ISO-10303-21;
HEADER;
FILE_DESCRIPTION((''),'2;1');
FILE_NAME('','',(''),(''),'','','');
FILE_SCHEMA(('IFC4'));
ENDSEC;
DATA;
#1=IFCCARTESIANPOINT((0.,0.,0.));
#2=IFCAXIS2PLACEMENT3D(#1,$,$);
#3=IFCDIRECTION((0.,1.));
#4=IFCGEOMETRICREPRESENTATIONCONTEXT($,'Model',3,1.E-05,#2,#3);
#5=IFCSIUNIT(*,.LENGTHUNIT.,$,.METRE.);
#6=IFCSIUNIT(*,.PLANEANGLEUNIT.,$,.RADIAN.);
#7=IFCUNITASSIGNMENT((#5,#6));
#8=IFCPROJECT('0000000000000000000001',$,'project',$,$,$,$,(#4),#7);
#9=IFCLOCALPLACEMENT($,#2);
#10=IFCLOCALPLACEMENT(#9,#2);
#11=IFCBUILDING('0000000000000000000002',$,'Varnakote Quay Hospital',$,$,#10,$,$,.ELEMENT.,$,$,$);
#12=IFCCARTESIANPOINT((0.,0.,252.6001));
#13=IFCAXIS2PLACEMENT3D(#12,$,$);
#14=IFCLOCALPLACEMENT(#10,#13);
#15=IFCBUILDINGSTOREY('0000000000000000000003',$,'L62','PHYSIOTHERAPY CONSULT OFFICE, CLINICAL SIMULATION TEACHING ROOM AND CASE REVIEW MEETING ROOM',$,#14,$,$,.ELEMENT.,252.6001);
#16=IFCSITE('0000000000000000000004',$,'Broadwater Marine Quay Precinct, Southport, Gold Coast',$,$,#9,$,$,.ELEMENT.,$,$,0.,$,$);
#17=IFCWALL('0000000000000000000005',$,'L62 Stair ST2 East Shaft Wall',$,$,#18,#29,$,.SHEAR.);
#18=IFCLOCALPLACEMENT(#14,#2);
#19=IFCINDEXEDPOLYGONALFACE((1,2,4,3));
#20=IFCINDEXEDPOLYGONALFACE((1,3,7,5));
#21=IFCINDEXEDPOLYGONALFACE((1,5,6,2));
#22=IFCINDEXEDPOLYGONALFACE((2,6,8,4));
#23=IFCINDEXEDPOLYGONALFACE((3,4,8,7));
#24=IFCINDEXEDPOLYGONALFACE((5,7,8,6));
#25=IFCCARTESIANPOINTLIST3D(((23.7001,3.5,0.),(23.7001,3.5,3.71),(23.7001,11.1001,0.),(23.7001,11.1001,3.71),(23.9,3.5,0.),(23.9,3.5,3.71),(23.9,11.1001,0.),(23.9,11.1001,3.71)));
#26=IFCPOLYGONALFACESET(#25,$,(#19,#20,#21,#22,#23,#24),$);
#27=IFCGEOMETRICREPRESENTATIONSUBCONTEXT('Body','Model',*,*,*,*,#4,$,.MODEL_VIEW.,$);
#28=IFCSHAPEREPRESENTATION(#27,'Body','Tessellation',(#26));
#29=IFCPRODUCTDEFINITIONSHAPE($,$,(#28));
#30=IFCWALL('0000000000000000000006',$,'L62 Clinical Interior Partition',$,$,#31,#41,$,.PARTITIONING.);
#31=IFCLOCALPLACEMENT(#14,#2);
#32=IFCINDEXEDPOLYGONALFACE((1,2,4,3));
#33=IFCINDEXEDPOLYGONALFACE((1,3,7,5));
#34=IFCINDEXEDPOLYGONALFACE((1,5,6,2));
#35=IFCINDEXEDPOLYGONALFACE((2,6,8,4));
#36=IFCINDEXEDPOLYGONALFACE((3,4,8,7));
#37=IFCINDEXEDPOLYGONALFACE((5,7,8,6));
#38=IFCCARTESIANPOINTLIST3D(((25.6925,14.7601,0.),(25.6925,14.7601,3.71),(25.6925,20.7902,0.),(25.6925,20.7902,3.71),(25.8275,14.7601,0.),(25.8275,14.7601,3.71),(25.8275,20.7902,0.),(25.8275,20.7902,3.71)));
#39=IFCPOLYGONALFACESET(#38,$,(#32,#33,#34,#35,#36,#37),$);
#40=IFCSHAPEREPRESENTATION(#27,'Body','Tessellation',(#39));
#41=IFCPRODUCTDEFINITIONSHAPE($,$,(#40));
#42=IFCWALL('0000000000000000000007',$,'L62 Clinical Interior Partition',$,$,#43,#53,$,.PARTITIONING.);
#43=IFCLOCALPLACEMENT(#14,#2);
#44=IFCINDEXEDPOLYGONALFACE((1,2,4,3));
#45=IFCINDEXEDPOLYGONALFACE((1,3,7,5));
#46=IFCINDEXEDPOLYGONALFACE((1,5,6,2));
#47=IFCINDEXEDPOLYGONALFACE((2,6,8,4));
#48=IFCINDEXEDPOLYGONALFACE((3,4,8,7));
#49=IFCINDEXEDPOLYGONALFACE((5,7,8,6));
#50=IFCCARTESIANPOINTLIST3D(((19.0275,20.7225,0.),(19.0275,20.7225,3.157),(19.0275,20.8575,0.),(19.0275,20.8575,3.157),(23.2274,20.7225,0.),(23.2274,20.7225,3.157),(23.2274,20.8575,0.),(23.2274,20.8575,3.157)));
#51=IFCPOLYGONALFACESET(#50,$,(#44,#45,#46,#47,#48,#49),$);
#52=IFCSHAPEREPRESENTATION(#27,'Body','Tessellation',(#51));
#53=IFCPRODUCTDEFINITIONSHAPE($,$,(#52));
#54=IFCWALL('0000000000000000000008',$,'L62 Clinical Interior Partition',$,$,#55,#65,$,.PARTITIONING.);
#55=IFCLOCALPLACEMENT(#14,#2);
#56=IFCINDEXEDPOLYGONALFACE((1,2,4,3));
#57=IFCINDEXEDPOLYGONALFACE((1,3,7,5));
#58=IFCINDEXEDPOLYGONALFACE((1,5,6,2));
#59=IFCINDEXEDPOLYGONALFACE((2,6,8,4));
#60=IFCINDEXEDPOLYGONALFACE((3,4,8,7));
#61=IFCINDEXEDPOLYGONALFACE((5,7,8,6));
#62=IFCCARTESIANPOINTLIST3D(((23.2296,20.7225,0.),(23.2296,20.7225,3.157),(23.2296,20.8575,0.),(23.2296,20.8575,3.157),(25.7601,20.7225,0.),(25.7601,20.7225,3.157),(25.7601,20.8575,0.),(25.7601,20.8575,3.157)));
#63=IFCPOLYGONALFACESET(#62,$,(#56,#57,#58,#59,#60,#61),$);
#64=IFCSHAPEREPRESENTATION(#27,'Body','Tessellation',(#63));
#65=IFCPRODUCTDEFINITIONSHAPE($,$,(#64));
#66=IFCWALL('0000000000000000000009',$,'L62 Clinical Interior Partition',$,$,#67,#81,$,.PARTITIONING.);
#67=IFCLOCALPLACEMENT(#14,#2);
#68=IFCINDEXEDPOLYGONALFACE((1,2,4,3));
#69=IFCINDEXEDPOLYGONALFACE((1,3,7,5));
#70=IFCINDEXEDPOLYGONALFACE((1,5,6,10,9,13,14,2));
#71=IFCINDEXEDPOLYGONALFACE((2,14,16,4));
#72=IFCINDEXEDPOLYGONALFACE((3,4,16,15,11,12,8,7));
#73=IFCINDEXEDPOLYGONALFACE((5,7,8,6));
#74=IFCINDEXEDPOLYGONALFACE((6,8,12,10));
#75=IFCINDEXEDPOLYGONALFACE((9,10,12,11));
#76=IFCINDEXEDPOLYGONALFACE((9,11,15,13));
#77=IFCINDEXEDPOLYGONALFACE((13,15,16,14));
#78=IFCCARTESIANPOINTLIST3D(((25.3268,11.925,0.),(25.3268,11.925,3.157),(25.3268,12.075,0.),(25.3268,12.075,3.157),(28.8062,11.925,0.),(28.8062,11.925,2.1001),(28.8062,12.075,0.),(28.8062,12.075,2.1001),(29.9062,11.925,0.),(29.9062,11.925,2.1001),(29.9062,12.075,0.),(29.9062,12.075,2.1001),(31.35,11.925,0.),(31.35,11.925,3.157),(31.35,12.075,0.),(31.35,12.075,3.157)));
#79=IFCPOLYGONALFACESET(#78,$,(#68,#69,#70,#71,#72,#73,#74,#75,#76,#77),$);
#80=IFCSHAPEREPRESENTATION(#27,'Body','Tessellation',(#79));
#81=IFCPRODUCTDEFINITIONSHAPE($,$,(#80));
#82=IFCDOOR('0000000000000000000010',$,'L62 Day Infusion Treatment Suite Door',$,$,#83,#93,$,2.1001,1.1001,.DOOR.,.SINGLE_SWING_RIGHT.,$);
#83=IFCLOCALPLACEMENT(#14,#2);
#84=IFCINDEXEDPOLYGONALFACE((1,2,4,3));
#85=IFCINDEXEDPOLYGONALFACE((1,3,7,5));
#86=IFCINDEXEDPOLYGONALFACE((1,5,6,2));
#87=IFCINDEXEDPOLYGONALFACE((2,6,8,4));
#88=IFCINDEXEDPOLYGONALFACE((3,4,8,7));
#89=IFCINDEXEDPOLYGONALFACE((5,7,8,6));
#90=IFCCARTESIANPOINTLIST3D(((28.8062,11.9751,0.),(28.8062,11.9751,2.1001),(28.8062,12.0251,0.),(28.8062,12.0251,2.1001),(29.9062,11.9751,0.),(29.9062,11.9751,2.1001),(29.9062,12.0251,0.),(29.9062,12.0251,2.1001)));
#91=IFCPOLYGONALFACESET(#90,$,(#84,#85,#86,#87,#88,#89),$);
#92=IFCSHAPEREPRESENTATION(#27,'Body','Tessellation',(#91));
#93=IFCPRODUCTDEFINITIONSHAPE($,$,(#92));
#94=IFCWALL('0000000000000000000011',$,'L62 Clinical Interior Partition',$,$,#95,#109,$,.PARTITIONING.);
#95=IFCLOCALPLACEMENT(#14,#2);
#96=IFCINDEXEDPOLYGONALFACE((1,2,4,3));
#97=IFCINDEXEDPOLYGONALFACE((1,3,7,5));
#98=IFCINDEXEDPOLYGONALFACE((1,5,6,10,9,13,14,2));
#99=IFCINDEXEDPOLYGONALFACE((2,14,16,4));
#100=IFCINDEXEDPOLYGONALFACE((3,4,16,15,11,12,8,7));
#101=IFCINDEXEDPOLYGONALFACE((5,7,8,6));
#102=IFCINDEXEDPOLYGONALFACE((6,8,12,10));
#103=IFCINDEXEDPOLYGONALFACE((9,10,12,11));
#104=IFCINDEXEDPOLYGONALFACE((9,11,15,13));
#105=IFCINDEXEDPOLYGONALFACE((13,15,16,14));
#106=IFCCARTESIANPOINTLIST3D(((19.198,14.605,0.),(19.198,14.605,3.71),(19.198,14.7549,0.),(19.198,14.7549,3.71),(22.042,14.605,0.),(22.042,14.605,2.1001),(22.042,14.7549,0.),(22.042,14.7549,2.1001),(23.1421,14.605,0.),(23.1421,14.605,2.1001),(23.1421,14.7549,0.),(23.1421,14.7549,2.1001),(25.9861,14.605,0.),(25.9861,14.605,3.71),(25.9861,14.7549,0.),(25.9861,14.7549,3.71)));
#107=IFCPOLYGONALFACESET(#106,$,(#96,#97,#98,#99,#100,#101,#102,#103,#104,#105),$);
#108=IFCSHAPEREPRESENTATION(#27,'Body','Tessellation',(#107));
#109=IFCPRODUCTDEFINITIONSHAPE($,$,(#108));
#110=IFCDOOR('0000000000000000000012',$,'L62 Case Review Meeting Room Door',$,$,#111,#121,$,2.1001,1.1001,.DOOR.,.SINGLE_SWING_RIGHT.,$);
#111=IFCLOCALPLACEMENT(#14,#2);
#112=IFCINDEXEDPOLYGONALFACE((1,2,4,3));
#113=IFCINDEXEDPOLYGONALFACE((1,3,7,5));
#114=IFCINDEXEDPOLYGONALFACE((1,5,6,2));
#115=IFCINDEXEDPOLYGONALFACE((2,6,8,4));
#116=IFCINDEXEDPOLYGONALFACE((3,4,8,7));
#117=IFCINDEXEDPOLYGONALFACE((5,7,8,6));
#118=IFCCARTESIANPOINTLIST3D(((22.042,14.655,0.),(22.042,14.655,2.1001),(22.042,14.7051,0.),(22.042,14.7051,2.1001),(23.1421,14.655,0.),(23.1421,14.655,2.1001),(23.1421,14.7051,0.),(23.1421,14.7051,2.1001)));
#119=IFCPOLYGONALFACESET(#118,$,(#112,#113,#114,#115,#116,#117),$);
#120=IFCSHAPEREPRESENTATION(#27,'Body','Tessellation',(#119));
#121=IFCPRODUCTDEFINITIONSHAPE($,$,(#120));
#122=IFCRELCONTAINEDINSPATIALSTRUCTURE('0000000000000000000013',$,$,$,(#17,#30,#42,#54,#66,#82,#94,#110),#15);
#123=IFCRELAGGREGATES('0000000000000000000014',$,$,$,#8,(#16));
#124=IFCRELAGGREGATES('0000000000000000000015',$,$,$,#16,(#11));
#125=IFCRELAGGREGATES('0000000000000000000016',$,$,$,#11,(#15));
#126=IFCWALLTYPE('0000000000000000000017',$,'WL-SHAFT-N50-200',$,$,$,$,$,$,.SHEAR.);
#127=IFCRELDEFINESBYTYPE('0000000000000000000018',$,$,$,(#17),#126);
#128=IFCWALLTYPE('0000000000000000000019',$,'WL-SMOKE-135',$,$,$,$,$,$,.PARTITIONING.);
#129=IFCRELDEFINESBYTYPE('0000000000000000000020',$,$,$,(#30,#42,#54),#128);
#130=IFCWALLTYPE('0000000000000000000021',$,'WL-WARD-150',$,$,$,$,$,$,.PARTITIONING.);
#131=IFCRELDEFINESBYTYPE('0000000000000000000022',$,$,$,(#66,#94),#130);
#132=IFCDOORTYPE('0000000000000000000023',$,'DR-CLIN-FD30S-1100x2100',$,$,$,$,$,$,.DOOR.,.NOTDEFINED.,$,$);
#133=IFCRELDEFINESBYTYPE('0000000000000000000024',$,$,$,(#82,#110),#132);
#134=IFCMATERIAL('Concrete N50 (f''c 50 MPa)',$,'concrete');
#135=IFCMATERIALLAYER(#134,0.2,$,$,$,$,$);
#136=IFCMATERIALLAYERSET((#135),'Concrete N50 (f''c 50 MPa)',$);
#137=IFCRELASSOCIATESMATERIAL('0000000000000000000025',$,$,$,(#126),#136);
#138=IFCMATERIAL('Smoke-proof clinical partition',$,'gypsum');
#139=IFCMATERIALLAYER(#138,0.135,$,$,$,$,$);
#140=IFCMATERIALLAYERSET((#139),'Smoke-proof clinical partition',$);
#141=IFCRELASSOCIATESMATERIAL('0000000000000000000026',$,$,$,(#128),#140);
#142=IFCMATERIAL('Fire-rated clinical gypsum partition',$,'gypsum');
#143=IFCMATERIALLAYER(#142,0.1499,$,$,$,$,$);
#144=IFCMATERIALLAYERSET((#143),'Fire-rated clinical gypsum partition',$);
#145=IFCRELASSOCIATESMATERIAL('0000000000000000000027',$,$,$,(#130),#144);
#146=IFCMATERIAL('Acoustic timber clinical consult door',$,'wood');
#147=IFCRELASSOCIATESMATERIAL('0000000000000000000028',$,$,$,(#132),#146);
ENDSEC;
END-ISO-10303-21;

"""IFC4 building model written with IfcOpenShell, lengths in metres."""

from ifc_helpers import new_model, si_unit, direction, frame, frame_2d, origin, place, context, subcontext, project, spatial, rectangle, extrude, material, layer, layer_set, type_object, element, fill, save


model = new_model("IFC4")

# Units and contexts
model_context = context("Model", 3, precision=1e-05, world=origin(), true_north=direction((0.0, 1.0)))
body_context = subcontext(model_context, "Body", "Model", "MODEL_VIEW")
ifc_project = project(units=[si_unit("LENGTHUNIT", "METRE"), si_unit("PLANEANGLEUNIT", "RADIAN")], contexts=[model_context])

# Site, building, storey
site_placement = place(None, origin())
site = spatial("IfcSite", under=ifc_project, at=site_placement, Name="Broadwater Marine Quay Precinct, Southport, Gold Coast", CompositionType="ELEMENT", RefElevation=0.0)
building_placement = place(site_placement, origin())
building = spatial("IfcBuilding", under=site, at=building_placement, Name="Varnakote Quay Hospital", CompositionType="ELEMENT")
storey_placement = place(building_placement, frame((0.0, 0.0, 252.6001)))
storey = spatial("IfcBuildingStorey", under=building, at=storey_placement, Name="L62", Description="PHYSIOTHERAPY CONSULT OFFICE, CLINICAL SIMULATION TEACHING ROOM AND CASE REVIEW MEETING ROOM", CompositionType="ELEMENT", Elevation=252.6001)

# Walls
ifc_material_1 = material(Name="Concrete N50 (f'c 50 MPa)", Category="concrete")
ifc_layer_1 = layer(ifc_material_1, 0.2)
ifc_layer_set_1 = layer_set([ifc_layer_1], Name="Concrete N50 (f'c 50 MPa)")
wall_type_1 = type_object("IfcWallType", Name="WL-SHAFT-N50-200", PredefinedType="SHEAR", material=ifc_layer_set_1)
wall_1_placement = place(storey_placement, frame((23.8, 3.5, 0.0), z_axis=(0.0, 0.0, 1.0), x_axis=(0.0, 1.0, 0.0)))
element("IfcWall", 1, at=wall_1_placement, inside=storey, type_object=wall_type_1, Name="L62 Stair ST2 East Shaft Wall", PredefinedType="SHEAR", context=body_context, shape_type="SweptSolid", body=[
    extrude(rectangle(XDim=7.6001, YDim=0.2, at=frame_2d((3.8, 0.0))), origin(), (0.0, 0.0, 1.0), 3.71),
])
ifc_material_2 = material(Name="Smoke-proof clinical partition", Category="gypsum")
ifc_layer_2 = layer(ifc_material_2, 0.135)
ifc_layer_set_2 = layer_set([ifc_layer_2], Name="Smoke-proof clinical partition")
wall_type_2 = type_object("IfcWallType", Name="WL-SMOKE-135", PredefinedType="PARTITIONING", material=ifc_layer_set_2)
wall_2_placement = place(storey_placement, frame((25.76, 14.76, 0.0), z_axis=(0.0, 0.0, 1.0), x_axis=(0.0, 1.0, 0.0)))
element("IfcWall", 2, at=wall_2_placement, inside=storey, type_object=wall_type_2, Name="L62 Clinical Interior Partition", PredefinedType="PARTITIONING", context=body_context, shape_type="SweptSolid", body=[
    extrude(rectangle(XDim=6.03, YDim=0.135, at=frame_2d((3.0151, 0.0))), origin(), (0.0, 0.0, 1.0), 3.71),
])
wall_3_placement = place(storey_placement, frame((23.2275, 20.79, 0.0), z_axis=(0.0, 0.0, 1.0), x_axis=(-1.0, 0.0, 0.0)))
element("IfcWall", 3, at=wall_3_placement, inside=storey, type_object=wall_type_2, Name="L62 Clinical Interior Partition", PredefinedType="PARTITIONING", context=body_context, shape_type="SweptSolid", body=[
    extrude(rectangle(XDim=4.2, YDim=0.135, at=frame_2d((2.1001, 0.0))), origin(), (0.0, 0.0, 1.0), 3.157),
])
wall_4_placement = place(storey_placement, frame((25.76, 20.79, 0.0), z_axis=(0.0, 0.0, 1.0), x_axis=(-1.0, 0.0, 0.0)))
element("IfcWall", 4, at=wall_4_placement, inside=storey, type_object=wall_type_2, Name="L62 Clinical Interior Partition", PredefinedType="PARTITIONING", context=body_context, shape_type="SweptSolid", body=[
    extrude(rectangle(XDim=2.5305, YDim=0.135, at=frame_2d((1.2651, 0.0))), origin(), (0.0, 0.0, 1.0), 3.157),
])

# Walls, openings, doors
ifc_material_3 = material(Name="Fire-rated clinical gypsum partition", Category="gypsum")
ifc_layer_3 = layer(ifc_material_3, 0.1499)
ifc_layer_set_3 = layer_set([ifc_layer_3], Name="Fire-rated clinical gypsum partition")
wall_type_3 = type_object("IfcWallType", Name="WL-WARD-150", PredefinedType="PARTITIONING", material=ifc_layer_set_3)
wall_5_placement = place(storey_placement, frame((31.3501, 12.0, 0.0), z_axis=(0.0, 0.0, 1.0), x_axis=(-1.0, 0.0, 0.0)))
wall_5 = element("IfcWall", 5, at=wall_5_placement, inside=storey, type_object=wall_type_3, Name="L62 Clinical Interior Partition", PredefinedType="PARTITIONING", context=body_context, shape_type="SweptSolid", body=[
    extrude(rectangle(XDim=6.0232, YDim=0.1499, at=frame_2d((3.0117, 0.0))), origin(), (0.0, 0.0, 1.0), 3.157),
])
opening_1_placement = place(wall_5_placement, frame((1.4438, 0.0, 0.0)))
opening_1 = element("IfcOpeningElement", 6, at=opening_1_placement, cuts=wall_5, PredefinedType="OPENING", context=body_context, shape_type="SweptSolid", body=[
    extrude(rectangle(XDim=1.1001, YDim=2.1001, at=frame_2d((0.55, 1.05))), frame((0.0, 0.085, 0.0), z_axis=(0.0, -1.0, 0.0), x_axis=(1.0, 0.0, 0.0)), (0.0, 0.0, 1.0), 0.1699),
])
ifc_material_4 = material(Name="Acoustic timber clinical consult door", Category="wood")
door_type = type_object("IfcDoorType", Name="DR-CLIN-FD30S-1100x2100", OperationType="NOTDEFINED", PredefinedType="DOOR", material=ifc_material_4)
door_1_placement = place(opening_1_placement, origin())
door_1 = element("IfcDoor", 7, at=door_1_placement, inside=storey, type_object=door_type, Name="L62 Day Infusion Treatment Suite Door", OperationType="SINGLE_SWING_RIGHT", OverallHeight=2.1001, OverallWidth=1.1001, PredefinedType="DOOR", context=body_context, shape_type="SweptSolid", body=[
    extrude(rectangle(XDim=1.1001, YDim=2.1001, at=frame_2d((0.55, 1.05))), frame((0.0, 0.0249, 0.0), z_axis=(0.0, -1.0, 0.0), x_axis=(1.0, 0.0, 0.0)), (0.0, 0.0, 1.0), 0.05),
])
fill(opening_1, door_1)
wall_6_placement = place(storey_placement, frame((25.9861, 14.6799, 0.0), z_axis=(0.0, 0.0, 1.0), x_axis=(-1.0, 0.0, 0.0)))
wall_6 = element("IfcWall", 8, at=wall_6_placement, inside=storey, type_object=wall_type_3, Name="L62 Clinical Interior Partition", PredefinedType="PARTITIONING", context=body_context, shape_type="SweptSolid", body=[
    extrude(rectangle(XDim=6.7881, YDim=0.1499, at=frame_2d((3.394, 0.0))), origin(), (0.0, 0.0, 1.0), 3.71),
])
opening_2_placement = place(wall_6_placement, frame((2.844, 0.0, 0.0)))
opening_2 = element("IfcOpeningElement", 9, at=opening_2_placement, cuts=wall_6, PredefinedType="OPENING", context=body_context, shape_type="SweptSolid", body=[
    extrude(rectangle(XDim=1.1001, YDim=2.1001, at=frame_2d((0.55, 1.05))), frame((0.0, 0.085, 0.0), z_axis=(0.0, -1.0, 0.0), x_axis=(1.0, 0.0, 0.0)), (0.0, 0.0, 1.0), 0.1699),
])
door_2_placement = place(opening_2_placement, origin())
door_2 = element("IfcDoor", 10, at=door_2_placement, inside=storey, type_object=door_type, Name="L62 Case Review Meeting Room Door", OperationType="SINGLE_SWING_RIGHT", OverallHeight=2.1001, OverallWidth=1.1001, PredefinedType="DOOR", context=body_context, shape_type="SweptSolid", body=[
    extrude(rectangle(XDim=1.1001, YDim=2.1001, at=frame_2d((0.55, 1.05))), frame((0.0, 0.0249, 0.0), z_axis=(0.0, -1.0, 0.0), x_axis=(1.0, 0.0, 0.0)), (0.0, 0.0, 1.0), 0.05),
])
fill(opening_2, door_2)

save(model, "model.ifc")
